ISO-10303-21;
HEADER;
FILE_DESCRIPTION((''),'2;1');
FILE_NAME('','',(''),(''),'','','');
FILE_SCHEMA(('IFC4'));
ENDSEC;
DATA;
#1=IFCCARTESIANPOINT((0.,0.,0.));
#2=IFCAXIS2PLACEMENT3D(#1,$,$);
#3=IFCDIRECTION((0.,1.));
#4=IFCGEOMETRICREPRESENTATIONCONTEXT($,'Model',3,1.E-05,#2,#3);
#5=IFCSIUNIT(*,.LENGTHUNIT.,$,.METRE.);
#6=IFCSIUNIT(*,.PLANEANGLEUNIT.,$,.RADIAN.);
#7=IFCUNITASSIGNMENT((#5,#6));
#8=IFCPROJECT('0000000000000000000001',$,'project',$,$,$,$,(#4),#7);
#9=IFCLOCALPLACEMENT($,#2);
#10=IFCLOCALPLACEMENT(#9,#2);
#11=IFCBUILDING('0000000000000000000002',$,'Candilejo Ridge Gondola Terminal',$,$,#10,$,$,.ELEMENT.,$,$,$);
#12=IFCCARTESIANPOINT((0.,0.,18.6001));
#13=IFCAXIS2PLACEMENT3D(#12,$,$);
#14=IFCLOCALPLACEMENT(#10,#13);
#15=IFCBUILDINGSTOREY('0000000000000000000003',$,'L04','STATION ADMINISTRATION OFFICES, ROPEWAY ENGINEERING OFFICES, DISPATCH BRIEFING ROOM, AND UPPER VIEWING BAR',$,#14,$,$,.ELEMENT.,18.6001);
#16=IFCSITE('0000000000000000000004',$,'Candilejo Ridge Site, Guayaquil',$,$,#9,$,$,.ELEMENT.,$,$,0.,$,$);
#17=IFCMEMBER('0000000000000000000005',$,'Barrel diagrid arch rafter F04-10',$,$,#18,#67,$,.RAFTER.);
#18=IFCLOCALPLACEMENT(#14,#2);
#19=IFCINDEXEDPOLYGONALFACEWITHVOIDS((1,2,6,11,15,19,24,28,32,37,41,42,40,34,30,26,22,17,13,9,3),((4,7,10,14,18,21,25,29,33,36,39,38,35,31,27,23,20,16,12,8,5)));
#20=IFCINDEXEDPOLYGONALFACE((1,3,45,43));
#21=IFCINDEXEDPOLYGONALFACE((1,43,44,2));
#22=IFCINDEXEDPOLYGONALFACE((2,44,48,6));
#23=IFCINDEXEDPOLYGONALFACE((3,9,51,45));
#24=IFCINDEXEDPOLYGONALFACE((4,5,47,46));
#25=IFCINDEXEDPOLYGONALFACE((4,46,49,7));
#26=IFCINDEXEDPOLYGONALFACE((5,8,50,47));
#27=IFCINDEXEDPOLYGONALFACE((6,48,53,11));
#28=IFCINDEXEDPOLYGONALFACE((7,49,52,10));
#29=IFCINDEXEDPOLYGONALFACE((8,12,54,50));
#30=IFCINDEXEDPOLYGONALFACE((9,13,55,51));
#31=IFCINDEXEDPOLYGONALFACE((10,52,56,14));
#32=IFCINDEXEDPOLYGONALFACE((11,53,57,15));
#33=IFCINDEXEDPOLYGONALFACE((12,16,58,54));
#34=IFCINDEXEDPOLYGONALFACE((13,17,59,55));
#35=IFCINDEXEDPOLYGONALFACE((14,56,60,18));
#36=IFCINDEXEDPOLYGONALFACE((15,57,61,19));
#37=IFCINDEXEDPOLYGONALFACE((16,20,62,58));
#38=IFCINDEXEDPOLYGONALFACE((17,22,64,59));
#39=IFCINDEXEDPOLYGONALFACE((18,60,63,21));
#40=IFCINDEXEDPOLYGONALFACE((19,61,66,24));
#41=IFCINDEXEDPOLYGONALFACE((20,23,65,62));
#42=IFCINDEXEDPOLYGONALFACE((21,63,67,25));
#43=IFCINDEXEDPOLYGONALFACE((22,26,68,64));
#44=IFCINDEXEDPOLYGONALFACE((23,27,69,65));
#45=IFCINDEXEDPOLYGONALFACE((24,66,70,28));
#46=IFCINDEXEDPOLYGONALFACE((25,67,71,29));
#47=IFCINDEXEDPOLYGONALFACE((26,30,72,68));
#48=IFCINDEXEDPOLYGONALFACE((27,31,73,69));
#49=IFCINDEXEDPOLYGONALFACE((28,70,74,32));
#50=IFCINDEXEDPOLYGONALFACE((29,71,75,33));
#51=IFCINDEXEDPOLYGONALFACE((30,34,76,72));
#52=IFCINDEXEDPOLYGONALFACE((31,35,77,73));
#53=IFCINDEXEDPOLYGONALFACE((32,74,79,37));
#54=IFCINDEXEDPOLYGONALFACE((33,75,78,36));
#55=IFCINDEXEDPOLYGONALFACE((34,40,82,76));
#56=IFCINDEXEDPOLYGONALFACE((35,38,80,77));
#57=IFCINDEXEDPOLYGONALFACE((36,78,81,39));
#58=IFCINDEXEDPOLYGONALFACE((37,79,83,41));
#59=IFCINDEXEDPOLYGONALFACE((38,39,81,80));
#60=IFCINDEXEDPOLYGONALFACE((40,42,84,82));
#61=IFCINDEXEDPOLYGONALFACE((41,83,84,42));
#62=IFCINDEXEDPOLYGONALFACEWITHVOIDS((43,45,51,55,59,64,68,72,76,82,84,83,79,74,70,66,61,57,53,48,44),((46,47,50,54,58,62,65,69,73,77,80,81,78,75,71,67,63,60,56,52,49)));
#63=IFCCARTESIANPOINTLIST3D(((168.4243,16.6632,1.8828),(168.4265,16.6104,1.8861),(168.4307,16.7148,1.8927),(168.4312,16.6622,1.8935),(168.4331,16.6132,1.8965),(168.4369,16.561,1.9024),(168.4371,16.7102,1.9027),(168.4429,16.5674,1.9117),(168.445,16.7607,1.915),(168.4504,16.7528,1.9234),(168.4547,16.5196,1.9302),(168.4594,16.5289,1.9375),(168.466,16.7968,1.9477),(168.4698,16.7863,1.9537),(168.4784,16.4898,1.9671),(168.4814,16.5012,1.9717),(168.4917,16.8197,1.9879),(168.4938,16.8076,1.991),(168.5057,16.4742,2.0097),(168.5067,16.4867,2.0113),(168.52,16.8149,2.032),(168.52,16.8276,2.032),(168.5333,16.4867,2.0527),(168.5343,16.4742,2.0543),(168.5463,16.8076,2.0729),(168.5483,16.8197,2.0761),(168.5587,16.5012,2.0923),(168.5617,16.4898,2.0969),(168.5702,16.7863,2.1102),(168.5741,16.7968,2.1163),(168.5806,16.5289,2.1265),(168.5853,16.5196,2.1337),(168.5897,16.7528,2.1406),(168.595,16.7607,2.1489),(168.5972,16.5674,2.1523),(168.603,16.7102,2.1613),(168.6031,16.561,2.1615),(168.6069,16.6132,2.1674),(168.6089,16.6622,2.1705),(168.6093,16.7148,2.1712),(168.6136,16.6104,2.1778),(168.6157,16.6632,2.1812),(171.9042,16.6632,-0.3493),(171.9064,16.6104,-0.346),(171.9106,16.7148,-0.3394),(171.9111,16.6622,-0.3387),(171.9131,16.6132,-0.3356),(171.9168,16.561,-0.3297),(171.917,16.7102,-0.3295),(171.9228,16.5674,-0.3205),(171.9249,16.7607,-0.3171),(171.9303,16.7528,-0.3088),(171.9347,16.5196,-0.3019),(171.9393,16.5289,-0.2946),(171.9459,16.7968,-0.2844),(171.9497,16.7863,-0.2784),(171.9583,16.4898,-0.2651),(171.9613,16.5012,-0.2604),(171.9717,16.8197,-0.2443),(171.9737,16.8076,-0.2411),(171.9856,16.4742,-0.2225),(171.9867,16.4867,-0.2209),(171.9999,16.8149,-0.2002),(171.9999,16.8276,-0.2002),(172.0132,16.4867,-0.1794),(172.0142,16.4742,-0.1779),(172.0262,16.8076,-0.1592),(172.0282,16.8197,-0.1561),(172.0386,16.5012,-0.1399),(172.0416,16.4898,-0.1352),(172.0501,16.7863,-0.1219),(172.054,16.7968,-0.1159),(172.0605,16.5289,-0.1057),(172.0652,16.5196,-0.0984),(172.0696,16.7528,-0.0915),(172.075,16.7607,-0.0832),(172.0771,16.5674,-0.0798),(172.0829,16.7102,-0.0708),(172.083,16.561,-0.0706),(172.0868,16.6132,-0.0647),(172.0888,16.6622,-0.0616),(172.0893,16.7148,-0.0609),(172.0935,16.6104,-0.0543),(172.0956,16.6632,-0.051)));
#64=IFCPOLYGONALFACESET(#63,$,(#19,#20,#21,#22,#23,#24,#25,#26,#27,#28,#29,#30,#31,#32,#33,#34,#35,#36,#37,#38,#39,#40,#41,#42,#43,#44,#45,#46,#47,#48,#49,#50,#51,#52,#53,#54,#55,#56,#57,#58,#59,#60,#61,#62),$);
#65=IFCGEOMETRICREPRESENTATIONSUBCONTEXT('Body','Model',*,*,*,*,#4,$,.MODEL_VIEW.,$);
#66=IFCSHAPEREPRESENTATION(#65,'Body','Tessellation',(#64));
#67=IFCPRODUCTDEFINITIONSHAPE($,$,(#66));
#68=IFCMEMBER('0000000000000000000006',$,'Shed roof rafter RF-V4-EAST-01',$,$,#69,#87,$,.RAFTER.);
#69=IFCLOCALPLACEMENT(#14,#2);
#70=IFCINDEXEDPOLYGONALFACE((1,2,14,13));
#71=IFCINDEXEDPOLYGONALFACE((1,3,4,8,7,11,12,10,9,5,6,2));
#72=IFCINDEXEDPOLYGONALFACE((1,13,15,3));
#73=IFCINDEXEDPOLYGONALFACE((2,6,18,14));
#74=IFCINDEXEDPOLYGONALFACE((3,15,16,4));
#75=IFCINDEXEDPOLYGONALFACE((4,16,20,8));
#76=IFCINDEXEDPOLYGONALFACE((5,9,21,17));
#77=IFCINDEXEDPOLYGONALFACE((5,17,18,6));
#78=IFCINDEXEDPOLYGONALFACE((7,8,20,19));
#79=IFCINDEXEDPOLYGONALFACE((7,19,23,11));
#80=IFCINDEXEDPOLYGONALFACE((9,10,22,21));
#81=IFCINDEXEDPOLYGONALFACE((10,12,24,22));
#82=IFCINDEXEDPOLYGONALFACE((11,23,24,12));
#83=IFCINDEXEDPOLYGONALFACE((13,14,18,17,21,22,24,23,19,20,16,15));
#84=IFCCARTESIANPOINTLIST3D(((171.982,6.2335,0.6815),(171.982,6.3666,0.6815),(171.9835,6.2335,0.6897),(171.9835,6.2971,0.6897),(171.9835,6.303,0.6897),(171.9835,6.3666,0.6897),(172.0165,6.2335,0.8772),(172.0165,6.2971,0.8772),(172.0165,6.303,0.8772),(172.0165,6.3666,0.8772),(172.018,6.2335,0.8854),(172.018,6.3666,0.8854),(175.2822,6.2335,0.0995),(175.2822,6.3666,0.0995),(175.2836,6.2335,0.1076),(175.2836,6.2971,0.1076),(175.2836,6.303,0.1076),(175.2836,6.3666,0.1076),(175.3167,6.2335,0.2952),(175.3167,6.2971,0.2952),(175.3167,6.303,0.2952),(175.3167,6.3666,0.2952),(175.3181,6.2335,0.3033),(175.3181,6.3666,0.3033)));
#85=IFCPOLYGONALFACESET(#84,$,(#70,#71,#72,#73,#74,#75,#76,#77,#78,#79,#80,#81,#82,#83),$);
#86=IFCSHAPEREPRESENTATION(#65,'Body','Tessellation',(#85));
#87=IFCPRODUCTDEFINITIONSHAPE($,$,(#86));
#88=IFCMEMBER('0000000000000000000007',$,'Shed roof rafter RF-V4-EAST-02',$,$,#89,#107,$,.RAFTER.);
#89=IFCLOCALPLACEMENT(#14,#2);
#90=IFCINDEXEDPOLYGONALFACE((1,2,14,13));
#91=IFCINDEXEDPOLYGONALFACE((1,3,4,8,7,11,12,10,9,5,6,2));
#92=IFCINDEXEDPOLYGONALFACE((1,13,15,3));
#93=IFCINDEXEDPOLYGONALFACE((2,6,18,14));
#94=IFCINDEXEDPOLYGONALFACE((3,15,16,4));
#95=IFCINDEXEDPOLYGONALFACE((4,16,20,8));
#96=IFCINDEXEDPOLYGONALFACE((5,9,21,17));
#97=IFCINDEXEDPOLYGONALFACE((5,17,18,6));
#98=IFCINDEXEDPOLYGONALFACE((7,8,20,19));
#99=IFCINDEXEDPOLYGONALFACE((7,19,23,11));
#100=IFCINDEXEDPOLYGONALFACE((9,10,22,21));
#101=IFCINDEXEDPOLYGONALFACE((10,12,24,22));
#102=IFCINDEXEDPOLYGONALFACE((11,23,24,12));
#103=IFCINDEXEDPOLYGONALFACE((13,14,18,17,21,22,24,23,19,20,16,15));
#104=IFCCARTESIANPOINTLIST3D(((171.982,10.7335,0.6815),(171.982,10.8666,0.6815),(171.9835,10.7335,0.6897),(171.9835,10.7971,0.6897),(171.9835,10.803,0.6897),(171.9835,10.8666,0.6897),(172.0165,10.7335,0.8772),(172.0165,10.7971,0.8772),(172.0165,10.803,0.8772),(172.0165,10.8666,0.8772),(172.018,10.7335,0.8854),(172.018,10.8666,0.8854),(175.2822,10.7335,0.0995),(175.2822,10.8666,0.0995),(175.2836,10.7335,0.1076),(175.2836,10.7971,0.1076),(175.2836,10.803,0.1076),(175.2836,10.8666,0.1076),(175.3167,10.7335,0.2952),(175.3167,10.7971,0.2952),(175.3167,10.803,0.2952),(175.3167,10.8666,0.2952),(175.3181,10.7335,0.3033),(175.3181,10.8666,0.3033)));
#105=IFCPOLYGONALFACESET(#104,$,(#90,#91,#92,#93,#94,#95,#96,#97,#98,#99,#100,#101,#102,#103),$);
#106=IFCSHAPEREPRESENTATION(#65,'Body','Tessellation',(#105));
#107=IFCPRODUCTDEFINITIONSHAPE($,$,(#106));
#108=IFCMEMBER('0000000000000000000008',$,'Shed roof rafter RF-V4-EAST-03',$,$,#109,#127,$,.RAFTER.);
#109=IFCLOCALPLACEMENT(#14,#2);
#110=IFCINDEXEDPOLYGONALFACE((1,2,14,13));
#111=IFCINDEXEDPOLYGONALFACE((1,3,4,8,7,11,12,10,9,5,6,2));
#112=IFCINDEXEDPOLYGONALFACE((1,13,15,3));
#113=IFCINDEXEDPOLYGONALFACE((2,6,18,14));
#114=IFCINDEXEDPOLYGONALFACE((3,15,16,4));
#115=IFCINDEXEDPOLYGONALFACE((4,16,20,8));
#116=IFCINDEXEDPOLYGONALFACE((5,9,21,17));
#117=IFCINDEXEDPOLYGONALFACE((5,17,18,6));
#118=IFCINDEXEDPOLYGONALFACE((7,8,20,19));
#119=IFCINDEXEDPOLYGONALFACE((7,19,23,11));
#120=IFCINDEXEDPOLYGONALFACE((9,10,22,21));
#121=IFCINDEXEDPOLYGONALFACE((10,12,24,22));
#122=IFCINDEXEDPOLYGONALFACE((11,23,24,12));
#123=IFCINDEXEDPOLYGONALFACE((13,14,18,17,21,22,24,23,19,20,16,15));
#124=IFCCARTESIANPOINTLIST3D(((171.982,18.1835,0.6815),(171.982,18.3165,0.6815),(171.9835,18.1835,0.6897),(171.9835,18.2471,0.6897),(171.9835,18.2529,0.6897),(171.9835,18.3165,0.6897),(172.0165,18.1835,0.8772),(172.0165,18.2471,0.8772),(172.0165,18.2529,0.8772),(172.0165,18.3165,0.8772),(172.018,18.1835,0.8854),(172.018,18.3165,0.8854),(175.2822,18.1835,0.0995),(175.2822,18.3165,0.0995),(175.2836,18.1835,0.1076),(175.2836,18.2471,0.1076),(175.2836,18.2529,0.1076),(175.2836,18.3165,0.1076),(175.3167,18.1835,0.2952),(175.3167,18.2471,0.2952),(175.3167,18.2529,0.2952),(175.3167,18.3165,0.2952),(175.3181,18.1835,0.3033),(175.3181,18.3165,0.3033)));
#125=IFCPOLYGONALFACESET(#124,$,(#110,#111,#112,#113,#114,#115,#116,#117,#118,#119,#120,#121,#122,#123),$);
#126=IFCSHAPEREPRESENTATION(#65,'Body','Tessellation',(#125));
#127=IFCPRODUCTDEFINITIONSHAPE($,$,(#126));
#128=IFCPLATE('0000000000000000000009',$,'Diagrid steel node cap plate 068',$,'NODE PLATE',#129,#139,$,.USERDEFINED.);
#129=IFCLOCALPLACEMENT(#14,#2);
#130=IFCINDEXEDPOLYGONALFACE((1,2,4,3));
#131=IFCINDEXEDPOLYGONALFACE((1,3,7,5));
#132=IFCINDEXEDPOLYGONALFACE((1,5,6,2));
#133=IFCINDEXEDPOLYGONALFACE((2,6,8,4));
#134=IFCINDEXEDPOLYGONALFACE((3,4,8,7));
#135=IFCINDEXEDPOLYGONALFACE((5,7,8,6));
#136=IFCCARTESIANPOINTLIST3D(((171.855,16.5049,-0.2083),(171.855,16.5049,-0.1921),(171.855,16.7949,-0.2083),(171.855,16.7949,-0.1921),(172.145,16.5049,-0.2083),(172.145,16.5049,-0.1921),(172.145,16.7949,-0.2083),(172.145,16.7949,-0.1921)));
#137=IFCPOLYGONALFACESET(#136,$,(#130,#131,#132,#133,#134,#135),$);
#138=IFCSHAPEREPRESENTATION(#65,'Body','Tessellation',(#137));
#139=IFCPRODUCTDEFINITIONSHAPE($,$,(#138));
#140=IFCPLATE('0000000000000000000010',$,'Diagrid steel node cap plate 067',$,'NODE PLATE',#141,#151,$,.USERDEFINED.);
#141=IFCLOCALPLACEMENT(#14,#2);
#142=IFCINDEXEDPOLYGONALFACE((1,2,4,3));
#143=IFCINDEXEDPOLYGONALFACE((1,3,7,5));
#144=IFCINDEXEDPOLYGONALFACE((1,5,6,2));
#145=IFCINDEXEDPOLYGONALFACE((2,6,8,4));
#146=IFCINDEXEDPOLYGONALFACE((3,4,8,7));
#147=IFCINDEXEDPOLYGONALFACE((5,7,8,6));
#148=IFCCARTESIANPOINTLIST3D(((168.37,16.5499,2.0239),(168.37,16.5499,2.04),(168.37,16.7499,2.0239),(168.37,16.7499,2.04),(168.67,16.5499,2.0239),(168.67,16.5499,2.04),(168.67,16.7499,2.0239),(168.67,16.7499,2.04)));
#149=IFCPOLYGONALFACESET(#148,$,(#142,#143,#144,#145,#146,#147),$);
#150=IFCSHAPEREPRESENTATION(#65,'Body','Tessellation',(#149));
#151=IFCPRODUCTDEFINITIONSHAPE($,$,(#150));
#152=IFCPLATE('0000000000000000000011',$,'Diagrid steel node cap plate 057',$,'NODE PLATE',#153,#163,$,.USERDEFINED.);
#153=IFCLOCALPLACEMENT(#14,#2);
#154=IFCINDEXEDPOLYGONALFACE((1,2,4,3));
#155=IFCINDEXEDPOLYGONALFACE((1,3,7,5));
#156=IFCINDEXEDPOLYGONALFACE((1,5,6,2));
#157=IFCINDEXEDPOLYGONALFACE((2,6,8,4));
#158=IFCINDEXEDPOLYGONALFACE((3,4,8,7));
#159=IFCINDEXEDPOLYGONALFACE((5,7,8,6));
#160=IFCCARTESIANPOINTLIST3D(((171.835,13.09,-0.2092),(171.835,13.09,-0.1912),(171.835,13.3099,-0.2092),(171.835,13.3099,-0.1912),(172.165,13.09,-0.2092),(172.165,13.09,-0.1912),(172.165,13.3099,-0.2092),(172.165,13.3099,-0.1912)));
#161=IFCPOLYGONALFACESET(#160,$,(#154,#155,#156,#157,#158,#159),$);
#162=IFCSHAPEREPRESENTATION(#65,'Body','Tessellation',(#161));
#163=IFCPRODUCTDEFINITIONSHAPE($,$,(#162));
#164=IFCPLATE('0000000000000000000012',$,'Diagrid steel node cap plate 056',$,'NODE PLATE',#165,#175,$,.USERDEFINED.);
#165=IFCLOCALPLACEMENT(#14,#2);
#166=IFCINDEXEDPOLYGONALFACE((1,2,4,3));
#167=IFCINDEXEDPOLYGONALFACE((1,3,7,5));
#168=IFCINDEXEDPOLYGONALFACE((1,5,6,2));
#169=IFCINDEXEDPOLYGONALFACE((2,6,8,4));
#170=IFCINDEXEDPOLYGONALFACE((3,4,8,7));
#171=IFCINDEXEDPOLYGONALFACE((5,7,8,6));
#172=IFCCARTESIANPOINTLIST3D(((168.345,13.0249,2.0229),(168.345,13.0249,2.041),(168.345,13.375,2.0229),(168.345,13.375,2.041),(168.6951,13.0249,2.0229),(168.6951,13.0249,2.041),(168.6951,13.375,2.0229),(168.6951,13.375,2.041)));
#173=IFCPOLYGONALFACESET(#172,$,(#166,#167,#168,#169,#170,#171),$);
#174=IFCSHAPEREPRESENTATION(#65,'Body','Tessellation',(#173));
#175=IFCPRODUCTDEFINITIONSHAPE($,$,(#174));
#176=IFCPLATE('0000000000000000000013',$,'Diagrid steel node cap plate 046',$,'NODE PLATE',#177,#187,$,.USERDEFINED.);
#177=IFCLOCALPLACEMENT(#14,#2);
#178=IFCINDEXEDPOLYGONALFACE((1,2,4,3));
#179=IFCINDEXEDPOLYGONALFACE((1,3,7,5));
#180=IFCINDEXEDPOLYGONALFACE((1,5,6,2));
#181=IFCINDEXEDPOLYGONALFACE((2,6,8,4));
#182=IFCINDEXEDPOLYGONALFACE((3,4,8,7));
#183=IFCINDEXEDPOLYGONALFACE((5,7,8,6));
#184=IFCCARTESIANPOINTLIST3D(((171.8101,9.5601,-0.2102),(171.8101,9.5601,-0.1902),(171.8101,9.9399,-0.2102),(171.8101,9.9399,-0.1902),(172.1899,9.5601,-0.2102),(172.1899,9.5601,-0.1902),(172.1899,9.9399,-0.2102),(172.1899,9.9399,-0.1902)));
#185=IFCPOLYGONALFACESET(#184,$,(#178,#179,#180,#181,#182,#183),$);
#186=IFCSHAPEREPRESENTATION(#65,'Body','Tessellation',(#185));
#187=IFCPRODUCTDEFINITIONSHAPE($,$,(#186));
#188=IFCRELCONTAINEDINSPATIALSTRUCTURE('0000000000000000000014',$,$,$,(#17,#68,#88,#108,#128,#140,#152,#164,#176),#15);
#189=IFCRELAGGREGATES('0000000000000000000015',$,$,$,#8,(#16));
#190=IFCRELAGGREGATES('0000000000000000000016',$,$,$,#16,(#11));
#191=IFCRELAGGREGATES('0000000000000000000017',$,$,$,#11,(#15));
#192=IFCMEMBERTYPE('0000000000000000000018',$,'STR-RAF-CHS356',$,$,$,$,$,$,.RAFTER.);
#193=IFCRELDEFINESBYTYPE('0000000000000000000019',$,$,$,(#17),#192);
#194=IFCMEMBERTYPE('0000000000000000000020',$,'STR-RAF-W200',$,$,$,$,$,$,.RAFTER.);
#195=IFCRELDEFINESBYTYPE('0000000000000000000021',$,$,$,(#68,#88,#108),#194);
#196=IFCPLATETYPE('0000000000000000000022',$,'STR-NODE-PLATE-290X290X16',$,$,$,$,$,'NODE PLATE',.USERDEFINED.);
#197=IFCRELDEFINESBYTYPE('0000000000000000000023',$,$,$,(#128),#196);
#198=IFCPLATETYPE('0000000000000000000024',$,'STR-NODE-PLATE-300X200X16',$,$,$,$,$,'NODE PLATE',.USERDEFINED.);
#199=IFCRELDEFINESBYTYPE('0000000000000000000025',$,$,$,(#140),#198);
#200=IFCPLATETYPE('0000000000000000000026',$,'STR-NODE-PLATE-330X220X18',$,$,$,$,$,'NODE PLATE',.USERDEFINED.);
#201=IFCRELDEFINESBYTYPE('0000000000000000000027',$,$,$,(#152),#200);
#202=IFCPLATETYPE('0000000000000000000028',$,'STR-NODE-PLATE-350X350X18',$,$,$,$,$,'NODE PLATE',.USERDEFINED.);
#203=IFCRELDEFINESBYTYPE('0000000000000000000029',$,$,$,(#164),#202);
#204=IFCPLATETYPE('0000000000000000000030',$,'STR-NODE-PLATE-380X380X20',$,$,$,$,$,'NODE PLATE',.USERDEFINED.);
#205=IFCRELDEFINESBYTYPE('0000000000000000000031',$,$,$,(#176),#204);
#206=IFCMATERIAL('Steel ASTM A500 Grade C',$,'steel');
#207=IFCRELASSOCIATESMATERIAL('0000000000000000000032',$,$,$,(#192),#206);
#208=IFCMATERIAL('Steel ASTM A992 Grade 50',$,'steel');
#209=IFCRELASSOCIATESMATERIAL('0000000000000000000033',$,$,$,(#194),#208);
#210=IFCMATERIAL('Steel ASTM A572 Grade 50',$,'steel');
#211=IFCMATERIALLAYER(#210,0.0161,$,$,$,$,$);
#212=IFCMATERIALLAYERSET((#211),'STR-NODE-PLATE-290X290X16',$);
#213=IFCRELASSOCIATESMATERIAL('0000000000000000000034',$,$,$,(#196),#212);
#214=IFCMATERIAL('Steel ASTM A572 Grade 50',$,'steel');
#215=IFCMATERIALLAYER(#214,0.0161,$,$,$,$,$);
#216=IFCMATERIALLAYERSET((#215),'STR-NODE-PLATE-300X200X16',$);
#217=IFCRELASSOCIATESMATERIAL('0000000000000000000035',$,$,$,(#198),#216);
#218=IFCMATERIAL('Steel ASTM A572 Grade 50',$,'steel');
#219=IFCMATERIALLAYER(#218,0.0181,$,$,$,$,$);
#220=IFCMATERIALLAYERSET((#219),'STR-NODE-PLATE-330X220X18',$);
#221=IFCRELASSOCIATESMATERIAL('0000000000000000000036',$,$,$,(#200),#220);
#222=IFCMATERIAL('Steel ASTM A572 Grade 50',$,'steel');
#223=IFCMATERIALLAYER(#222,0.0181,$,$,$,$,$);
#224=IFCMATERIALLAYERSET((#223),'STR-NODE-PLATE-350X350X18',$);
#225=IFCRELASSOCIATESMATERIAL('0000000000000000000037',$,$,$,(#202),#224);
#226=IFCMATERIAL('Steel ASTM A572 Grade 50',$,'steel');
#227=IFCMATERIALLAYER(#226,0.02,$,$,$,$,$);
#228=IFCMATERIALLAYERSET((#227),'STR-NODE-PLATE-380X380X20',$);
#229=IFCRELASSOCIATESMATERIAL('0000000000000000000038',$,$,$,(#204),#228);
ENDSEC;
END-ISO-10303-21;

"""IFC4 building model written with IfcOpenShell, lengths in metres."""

from ifc_helpers import new_model, si_unit, direction, frame, origin, origin_2d, place, context, subcontext, project, spatial, rectangle, hollow_circle, i_section, extrude, material, layer, layer_set, material_profile, profile_set, type_object, element, save


model = new_model("IFC4")

# Units and contexts
model_context = context("Model", 3, precision=1e-05, world=origin(), true_north=direction((0.0, 1.0)))
body_context = subcontext(model_context, "Body", "Model", "MODEL_VIEW")
ifc_project = project(units=[si_unit("LENGTHUNIT", "METRE"), si_unit("PLANEANGLEUNIT", "RADIAN")], contexts=[model_context])

# Site, building, storey
site_placement = place(None, origin())
site = spatial("IfcSite", under=ifc_project, at=site_placement, Name="Candilejo Ridge Site, Guayaquil", CompositionType="ELEMENT", RefElevation=0.0)
building_placement = place(site_placement, origin())
building = spatial("IfcBuilding", under=site, at=building_placement, Name="Candilejo Ridge Gondola Terminal", CompositionType="ELEMENT")
storey_placement = place(building_placement, frame((0.0, 0.0, 18.6001)))
storey = spatial("IfcBuildingStorey", under=building, at=storey_placement, Name="L04", Description="STATION ADMINISTRATION OFFICES, ROPEWAY ENGINEERING OFFICES, DISPATCH BRIEFING ROOM, AND UPPER VIEWING BAR", CompositionType="ELEMENT", Elevation=18.6001)

# Members
ifc_material_1 = material(Name="Steel ASTM A500 Grade C", Category="steel")
ifc_material_profile_1 = material_profile(ifc_material_1, hollow_circle(Radius=0.1777, WallThickness=0.0127, at=origin_2d()))
ifc_profile_set_1 = profile_set([ifc_material_profile_1], Name="Steel ASTM A500 Grade C")
member_type_1 = type_object("IfcMemberType", Name="STR-RAF-CHS356", PredefinedType="RAFTER", material=ifc_profile_set_1)
for number, where, z_axis, x_axis, name in (
    (1, (168.52, 16.6499, 2.032), (0.841723, 0.0, -0.53991), (0.0, 1.0, 0.0), "Barrel diagrid arch rafter F04-10"),
):
    element("IfcMember", number, at=place(storey_placement, frame(where, z_axis=z_axis, x_axis=x_axis)), inside=storey, type_object=member_type_1, Name=name, PredefinedType="RAFTER", context=body_context, shape_type="SweptSolid", body=[
        extrude(hollow_circle(Radius=0.1777, WallThickness=0.0127, at=origin_2d()), origin(), (0.0, 0.0, 1.0), 4.1343),
    ])
ifc_material_2 = material(Name="Steel ASTM A992 Grade 50", Category="steel")
ifc_material_profile_2 = material_profile(ifc_material_2, i_section(OverallWidth=0.1331, OverallDepth=0.207, WebThickness=0.0059, FlangeThickness=0.0083, at=origin_2d()))
ifc_profile_set_2 = profile_set([ifc_material_profile_2], Name="Steel ASTM A992 Grade 50")
member_type_2 = type_object("IfcMemberType", Name="STR-RAF-W200", PredefinedType="RAFTER", material=ifc_profile_set_2)
for number, where, z_axis, x_axis, name in (
    (2, (172.0, 6.3, 0.7834), (0.9848, 0.0, -0.17369), (0.0, 1.0, 0.0), "Shed roof rafter RF-V4-EAST-01"),
    (3, (172.0, 10.8, 0.7834), (0.9848, 0.0, -0.17369), (0.0, 1.0, 0.0), "Shed roof rafter RF-V4-EAST-02"),
    (4, (172.0, 18.25, 0.7834), (0.9848, 0.0, -0.17369), (0.0, 1.0, 0.0), "Shed roof rafter RF-V4-EAST-03"),
):
    element("IfcMember", number, at=place(storey_placement, frame(where, z_axis=z_axis, x_axis=x_axis)), inside=storey, type_object=member_type_2, Name=name, PredefinedType="RAFTER", context=body_context, shape_type="SweptSolid", body=[
        extrude(i_section(OverallWidth=0.1331, OverallDepth=0.207, WebThickness=0.0059, FlangeThickness=0.0083, at=origin_2d()), origin(), (0.0, 0.0, 1.0), 3.3511),
    ])

# Plates
ifc_material_3 = material(Name="Steel ASTM A572 Grade 50", Category="steel")
ifc_layer_1 = layer(ifc_material_3, 0.0161)
ifc_layer_set_1 = layer_set([ifc_layer_1], Name="STR-NODE-PLATE-290X290X16")
plate_type_1 = type_object("IfcPlateType", Name="STR-NODE-PLATE-290X290X16", ElementType="NODE PLATE", PredefinedType="USERDEFINED", material=ifc_layer_set_1)
plate_1_placement = place(storey_placement, frame((172.0, 16.6499, -0.2083), z_axis=(0.0, 0.0, 1.0), x_axis=(1.0, 0.0, 0.0)))
element("IfcPlate", 5, at=plate_1_placement, inside=storey, type_object=plate_type_1, Name="Diagrid steel node cap plate 068", ObjectType="NODE PLATE", PredefinedType="USERDEFINED", context=body_context, shape_type="SweptSolid", body=[
    extrude(rectangle(XDim=0.29, YDim=0.29, at=origin_2d()), origin(), (0.0, 0.0, 1.0), 0.0161),
])
ifc_material_4 = material(Name="Steel ASTM A572 Grade 50", Category="steel")
ifc_layer_2 = layer(ifc_material_4, 0.0161)
ifc_layer_set_2 = layer_set([ifc_layer_2], Name="STR-NODE-PLATE-300X200X16")
plate_type_2 = type_object("IfcPlateType", Name="STR-NODE-PLATE-300X200X16", ElementType="NODE PLATE", PredefinedType="USERDEFINED", material=ifc_layer_set_2)
plate_2_placement = place(storey_placement, frame((168.52, 16.6499, 2.0239), z_axis=(0.0, 0.0, 1.0), x_axis=(1.0, 0.0, 0.0)))
element("IfcPlate", 6, at=plate_2_placement, inside=storey, type_object=plate_type_2, Name="Diagrid steel node cap plate 067", ObjectType="NODE PLATE", PredefinedType="USERDEFINED", context=body_context, shape_type="SweptSolid", body=[
    extrude(rectangle(XDim=0.3, YDim=0.2, at=origin_2d()), origin(), (0.0, 0.0, 1.0), 0.0161),
])
ifc_material_5 = material(Name="Steel ASTM A572 Grade 50", Category="steel")
ifc_layer_3 = layer(ifc_material_5, 0.0181)
ifc_layer_set_3 = layer_set([ifc_layer_3], Name="STR-NODE-PLATE-330X220X18")
plate_type_3 = type_object("IfcPlateType", Name="STR-NODE-PLATE-330X220X18", ElementType="NODE PLATE", PredefinedType="USERDEFINED", material=ifc_layer_set_3)
plate_3_placement = place(storey_placement, frame((172.0, 13.2, -0.2092), z_axis=(0.0, 0.0, 1.0), x_axis=(1.0, 0.0, 0.0)))
element("IfcPlate", 7, at=plate_3_placement, inside=storey, type_object=plate_type_3, Name="Diagrid steel node cap plate 057", ObjectType="NODE PLATE", PredefinedType="USERDEFINED", context=body_context, shape_type="SweptSolid", body=[
    extrude(rectangle(XDim=0.3301, YDim=0.22, at=origin_2d()), origin(), (0.0, 0.0, 1.0), 0.0181),
])
ifc_material_6 = material(Name="Steel ASTM A572 Grade 50", Category="steel")
ifc_layer_4 = layer(ifc_material_6, 0.0181)
ifc_layer_set_4 = layer_set([ifc_layer_4], Name="STR-NODE-PLATE-350X350X18")
plate_type_4 = type_object("IfcPlateType", Name="STR-NODE-PLATE-350X350X18", ElementType="NODE PLATE", PredefinedType="USERDEFINED", material=ifc_layer_set_4)
plate_4_placement = place(storey_placement, frame((168.52, 13.2, 2.0229), z_axis=(0.0, 0.0, 1.0), x_axis=(1.0, 0.0, 0.0)))
element("IfcPlate", 8, at=plate_4_placement, inside=storey, type_object=plate_type_4, Name="Diagrid steel node cap plate 056", ObjectType="NODE PLATE", PredefinedType="USERDEFINED", context=body_context, shape_type="SweptSolid", body=[
    extrude(rectangle(XDim=0.3501, YDim=0.3501, at=origin_2d()), origin(), (0.0, 0.0, 1.0), 0.0181),
])
ifc_material_7 = material(Name="Steel ASTM A572 Grade 50", Category="steel")
ifc_layer_5 = layer(ifc_material_7, 0.02)
ifc_layer_set_5 = layer_set([ifc_layer_5], Name="STR-NODE-PLATE-380X380X20")
plate_type_5 = type_object("IfcPlateType", Name="STR-NODE-PLATE-380X380X20", ElementType="NODE PLATE", PredefinedType="USERDEFINED", material=ifc_layer_set_5)
plate_5_placement = place(storey_placement, frame((172.0, 9.75, -0.2102), z_axis=(0.0, 0.0, 1.0), x_axis=(1.0, 0.0, 0.0)))
element("IfcPlate", 9, at=plate_5_placement, inside=storey, type_object=plate_type_5, Name="Diagrid steel node cap plate 046", ObjectType="NODE PLATE", PredefinedType="USERDEFINED", context=body_context, shape_type="SweptSolid", body=[
    extrude(rectangle(XDim=0.3799, YDim=0.3799, at=origin_2d()), origin(), (0.0, 0.0, 1.0), 0.02),
])

save(model, "model.ifc")
